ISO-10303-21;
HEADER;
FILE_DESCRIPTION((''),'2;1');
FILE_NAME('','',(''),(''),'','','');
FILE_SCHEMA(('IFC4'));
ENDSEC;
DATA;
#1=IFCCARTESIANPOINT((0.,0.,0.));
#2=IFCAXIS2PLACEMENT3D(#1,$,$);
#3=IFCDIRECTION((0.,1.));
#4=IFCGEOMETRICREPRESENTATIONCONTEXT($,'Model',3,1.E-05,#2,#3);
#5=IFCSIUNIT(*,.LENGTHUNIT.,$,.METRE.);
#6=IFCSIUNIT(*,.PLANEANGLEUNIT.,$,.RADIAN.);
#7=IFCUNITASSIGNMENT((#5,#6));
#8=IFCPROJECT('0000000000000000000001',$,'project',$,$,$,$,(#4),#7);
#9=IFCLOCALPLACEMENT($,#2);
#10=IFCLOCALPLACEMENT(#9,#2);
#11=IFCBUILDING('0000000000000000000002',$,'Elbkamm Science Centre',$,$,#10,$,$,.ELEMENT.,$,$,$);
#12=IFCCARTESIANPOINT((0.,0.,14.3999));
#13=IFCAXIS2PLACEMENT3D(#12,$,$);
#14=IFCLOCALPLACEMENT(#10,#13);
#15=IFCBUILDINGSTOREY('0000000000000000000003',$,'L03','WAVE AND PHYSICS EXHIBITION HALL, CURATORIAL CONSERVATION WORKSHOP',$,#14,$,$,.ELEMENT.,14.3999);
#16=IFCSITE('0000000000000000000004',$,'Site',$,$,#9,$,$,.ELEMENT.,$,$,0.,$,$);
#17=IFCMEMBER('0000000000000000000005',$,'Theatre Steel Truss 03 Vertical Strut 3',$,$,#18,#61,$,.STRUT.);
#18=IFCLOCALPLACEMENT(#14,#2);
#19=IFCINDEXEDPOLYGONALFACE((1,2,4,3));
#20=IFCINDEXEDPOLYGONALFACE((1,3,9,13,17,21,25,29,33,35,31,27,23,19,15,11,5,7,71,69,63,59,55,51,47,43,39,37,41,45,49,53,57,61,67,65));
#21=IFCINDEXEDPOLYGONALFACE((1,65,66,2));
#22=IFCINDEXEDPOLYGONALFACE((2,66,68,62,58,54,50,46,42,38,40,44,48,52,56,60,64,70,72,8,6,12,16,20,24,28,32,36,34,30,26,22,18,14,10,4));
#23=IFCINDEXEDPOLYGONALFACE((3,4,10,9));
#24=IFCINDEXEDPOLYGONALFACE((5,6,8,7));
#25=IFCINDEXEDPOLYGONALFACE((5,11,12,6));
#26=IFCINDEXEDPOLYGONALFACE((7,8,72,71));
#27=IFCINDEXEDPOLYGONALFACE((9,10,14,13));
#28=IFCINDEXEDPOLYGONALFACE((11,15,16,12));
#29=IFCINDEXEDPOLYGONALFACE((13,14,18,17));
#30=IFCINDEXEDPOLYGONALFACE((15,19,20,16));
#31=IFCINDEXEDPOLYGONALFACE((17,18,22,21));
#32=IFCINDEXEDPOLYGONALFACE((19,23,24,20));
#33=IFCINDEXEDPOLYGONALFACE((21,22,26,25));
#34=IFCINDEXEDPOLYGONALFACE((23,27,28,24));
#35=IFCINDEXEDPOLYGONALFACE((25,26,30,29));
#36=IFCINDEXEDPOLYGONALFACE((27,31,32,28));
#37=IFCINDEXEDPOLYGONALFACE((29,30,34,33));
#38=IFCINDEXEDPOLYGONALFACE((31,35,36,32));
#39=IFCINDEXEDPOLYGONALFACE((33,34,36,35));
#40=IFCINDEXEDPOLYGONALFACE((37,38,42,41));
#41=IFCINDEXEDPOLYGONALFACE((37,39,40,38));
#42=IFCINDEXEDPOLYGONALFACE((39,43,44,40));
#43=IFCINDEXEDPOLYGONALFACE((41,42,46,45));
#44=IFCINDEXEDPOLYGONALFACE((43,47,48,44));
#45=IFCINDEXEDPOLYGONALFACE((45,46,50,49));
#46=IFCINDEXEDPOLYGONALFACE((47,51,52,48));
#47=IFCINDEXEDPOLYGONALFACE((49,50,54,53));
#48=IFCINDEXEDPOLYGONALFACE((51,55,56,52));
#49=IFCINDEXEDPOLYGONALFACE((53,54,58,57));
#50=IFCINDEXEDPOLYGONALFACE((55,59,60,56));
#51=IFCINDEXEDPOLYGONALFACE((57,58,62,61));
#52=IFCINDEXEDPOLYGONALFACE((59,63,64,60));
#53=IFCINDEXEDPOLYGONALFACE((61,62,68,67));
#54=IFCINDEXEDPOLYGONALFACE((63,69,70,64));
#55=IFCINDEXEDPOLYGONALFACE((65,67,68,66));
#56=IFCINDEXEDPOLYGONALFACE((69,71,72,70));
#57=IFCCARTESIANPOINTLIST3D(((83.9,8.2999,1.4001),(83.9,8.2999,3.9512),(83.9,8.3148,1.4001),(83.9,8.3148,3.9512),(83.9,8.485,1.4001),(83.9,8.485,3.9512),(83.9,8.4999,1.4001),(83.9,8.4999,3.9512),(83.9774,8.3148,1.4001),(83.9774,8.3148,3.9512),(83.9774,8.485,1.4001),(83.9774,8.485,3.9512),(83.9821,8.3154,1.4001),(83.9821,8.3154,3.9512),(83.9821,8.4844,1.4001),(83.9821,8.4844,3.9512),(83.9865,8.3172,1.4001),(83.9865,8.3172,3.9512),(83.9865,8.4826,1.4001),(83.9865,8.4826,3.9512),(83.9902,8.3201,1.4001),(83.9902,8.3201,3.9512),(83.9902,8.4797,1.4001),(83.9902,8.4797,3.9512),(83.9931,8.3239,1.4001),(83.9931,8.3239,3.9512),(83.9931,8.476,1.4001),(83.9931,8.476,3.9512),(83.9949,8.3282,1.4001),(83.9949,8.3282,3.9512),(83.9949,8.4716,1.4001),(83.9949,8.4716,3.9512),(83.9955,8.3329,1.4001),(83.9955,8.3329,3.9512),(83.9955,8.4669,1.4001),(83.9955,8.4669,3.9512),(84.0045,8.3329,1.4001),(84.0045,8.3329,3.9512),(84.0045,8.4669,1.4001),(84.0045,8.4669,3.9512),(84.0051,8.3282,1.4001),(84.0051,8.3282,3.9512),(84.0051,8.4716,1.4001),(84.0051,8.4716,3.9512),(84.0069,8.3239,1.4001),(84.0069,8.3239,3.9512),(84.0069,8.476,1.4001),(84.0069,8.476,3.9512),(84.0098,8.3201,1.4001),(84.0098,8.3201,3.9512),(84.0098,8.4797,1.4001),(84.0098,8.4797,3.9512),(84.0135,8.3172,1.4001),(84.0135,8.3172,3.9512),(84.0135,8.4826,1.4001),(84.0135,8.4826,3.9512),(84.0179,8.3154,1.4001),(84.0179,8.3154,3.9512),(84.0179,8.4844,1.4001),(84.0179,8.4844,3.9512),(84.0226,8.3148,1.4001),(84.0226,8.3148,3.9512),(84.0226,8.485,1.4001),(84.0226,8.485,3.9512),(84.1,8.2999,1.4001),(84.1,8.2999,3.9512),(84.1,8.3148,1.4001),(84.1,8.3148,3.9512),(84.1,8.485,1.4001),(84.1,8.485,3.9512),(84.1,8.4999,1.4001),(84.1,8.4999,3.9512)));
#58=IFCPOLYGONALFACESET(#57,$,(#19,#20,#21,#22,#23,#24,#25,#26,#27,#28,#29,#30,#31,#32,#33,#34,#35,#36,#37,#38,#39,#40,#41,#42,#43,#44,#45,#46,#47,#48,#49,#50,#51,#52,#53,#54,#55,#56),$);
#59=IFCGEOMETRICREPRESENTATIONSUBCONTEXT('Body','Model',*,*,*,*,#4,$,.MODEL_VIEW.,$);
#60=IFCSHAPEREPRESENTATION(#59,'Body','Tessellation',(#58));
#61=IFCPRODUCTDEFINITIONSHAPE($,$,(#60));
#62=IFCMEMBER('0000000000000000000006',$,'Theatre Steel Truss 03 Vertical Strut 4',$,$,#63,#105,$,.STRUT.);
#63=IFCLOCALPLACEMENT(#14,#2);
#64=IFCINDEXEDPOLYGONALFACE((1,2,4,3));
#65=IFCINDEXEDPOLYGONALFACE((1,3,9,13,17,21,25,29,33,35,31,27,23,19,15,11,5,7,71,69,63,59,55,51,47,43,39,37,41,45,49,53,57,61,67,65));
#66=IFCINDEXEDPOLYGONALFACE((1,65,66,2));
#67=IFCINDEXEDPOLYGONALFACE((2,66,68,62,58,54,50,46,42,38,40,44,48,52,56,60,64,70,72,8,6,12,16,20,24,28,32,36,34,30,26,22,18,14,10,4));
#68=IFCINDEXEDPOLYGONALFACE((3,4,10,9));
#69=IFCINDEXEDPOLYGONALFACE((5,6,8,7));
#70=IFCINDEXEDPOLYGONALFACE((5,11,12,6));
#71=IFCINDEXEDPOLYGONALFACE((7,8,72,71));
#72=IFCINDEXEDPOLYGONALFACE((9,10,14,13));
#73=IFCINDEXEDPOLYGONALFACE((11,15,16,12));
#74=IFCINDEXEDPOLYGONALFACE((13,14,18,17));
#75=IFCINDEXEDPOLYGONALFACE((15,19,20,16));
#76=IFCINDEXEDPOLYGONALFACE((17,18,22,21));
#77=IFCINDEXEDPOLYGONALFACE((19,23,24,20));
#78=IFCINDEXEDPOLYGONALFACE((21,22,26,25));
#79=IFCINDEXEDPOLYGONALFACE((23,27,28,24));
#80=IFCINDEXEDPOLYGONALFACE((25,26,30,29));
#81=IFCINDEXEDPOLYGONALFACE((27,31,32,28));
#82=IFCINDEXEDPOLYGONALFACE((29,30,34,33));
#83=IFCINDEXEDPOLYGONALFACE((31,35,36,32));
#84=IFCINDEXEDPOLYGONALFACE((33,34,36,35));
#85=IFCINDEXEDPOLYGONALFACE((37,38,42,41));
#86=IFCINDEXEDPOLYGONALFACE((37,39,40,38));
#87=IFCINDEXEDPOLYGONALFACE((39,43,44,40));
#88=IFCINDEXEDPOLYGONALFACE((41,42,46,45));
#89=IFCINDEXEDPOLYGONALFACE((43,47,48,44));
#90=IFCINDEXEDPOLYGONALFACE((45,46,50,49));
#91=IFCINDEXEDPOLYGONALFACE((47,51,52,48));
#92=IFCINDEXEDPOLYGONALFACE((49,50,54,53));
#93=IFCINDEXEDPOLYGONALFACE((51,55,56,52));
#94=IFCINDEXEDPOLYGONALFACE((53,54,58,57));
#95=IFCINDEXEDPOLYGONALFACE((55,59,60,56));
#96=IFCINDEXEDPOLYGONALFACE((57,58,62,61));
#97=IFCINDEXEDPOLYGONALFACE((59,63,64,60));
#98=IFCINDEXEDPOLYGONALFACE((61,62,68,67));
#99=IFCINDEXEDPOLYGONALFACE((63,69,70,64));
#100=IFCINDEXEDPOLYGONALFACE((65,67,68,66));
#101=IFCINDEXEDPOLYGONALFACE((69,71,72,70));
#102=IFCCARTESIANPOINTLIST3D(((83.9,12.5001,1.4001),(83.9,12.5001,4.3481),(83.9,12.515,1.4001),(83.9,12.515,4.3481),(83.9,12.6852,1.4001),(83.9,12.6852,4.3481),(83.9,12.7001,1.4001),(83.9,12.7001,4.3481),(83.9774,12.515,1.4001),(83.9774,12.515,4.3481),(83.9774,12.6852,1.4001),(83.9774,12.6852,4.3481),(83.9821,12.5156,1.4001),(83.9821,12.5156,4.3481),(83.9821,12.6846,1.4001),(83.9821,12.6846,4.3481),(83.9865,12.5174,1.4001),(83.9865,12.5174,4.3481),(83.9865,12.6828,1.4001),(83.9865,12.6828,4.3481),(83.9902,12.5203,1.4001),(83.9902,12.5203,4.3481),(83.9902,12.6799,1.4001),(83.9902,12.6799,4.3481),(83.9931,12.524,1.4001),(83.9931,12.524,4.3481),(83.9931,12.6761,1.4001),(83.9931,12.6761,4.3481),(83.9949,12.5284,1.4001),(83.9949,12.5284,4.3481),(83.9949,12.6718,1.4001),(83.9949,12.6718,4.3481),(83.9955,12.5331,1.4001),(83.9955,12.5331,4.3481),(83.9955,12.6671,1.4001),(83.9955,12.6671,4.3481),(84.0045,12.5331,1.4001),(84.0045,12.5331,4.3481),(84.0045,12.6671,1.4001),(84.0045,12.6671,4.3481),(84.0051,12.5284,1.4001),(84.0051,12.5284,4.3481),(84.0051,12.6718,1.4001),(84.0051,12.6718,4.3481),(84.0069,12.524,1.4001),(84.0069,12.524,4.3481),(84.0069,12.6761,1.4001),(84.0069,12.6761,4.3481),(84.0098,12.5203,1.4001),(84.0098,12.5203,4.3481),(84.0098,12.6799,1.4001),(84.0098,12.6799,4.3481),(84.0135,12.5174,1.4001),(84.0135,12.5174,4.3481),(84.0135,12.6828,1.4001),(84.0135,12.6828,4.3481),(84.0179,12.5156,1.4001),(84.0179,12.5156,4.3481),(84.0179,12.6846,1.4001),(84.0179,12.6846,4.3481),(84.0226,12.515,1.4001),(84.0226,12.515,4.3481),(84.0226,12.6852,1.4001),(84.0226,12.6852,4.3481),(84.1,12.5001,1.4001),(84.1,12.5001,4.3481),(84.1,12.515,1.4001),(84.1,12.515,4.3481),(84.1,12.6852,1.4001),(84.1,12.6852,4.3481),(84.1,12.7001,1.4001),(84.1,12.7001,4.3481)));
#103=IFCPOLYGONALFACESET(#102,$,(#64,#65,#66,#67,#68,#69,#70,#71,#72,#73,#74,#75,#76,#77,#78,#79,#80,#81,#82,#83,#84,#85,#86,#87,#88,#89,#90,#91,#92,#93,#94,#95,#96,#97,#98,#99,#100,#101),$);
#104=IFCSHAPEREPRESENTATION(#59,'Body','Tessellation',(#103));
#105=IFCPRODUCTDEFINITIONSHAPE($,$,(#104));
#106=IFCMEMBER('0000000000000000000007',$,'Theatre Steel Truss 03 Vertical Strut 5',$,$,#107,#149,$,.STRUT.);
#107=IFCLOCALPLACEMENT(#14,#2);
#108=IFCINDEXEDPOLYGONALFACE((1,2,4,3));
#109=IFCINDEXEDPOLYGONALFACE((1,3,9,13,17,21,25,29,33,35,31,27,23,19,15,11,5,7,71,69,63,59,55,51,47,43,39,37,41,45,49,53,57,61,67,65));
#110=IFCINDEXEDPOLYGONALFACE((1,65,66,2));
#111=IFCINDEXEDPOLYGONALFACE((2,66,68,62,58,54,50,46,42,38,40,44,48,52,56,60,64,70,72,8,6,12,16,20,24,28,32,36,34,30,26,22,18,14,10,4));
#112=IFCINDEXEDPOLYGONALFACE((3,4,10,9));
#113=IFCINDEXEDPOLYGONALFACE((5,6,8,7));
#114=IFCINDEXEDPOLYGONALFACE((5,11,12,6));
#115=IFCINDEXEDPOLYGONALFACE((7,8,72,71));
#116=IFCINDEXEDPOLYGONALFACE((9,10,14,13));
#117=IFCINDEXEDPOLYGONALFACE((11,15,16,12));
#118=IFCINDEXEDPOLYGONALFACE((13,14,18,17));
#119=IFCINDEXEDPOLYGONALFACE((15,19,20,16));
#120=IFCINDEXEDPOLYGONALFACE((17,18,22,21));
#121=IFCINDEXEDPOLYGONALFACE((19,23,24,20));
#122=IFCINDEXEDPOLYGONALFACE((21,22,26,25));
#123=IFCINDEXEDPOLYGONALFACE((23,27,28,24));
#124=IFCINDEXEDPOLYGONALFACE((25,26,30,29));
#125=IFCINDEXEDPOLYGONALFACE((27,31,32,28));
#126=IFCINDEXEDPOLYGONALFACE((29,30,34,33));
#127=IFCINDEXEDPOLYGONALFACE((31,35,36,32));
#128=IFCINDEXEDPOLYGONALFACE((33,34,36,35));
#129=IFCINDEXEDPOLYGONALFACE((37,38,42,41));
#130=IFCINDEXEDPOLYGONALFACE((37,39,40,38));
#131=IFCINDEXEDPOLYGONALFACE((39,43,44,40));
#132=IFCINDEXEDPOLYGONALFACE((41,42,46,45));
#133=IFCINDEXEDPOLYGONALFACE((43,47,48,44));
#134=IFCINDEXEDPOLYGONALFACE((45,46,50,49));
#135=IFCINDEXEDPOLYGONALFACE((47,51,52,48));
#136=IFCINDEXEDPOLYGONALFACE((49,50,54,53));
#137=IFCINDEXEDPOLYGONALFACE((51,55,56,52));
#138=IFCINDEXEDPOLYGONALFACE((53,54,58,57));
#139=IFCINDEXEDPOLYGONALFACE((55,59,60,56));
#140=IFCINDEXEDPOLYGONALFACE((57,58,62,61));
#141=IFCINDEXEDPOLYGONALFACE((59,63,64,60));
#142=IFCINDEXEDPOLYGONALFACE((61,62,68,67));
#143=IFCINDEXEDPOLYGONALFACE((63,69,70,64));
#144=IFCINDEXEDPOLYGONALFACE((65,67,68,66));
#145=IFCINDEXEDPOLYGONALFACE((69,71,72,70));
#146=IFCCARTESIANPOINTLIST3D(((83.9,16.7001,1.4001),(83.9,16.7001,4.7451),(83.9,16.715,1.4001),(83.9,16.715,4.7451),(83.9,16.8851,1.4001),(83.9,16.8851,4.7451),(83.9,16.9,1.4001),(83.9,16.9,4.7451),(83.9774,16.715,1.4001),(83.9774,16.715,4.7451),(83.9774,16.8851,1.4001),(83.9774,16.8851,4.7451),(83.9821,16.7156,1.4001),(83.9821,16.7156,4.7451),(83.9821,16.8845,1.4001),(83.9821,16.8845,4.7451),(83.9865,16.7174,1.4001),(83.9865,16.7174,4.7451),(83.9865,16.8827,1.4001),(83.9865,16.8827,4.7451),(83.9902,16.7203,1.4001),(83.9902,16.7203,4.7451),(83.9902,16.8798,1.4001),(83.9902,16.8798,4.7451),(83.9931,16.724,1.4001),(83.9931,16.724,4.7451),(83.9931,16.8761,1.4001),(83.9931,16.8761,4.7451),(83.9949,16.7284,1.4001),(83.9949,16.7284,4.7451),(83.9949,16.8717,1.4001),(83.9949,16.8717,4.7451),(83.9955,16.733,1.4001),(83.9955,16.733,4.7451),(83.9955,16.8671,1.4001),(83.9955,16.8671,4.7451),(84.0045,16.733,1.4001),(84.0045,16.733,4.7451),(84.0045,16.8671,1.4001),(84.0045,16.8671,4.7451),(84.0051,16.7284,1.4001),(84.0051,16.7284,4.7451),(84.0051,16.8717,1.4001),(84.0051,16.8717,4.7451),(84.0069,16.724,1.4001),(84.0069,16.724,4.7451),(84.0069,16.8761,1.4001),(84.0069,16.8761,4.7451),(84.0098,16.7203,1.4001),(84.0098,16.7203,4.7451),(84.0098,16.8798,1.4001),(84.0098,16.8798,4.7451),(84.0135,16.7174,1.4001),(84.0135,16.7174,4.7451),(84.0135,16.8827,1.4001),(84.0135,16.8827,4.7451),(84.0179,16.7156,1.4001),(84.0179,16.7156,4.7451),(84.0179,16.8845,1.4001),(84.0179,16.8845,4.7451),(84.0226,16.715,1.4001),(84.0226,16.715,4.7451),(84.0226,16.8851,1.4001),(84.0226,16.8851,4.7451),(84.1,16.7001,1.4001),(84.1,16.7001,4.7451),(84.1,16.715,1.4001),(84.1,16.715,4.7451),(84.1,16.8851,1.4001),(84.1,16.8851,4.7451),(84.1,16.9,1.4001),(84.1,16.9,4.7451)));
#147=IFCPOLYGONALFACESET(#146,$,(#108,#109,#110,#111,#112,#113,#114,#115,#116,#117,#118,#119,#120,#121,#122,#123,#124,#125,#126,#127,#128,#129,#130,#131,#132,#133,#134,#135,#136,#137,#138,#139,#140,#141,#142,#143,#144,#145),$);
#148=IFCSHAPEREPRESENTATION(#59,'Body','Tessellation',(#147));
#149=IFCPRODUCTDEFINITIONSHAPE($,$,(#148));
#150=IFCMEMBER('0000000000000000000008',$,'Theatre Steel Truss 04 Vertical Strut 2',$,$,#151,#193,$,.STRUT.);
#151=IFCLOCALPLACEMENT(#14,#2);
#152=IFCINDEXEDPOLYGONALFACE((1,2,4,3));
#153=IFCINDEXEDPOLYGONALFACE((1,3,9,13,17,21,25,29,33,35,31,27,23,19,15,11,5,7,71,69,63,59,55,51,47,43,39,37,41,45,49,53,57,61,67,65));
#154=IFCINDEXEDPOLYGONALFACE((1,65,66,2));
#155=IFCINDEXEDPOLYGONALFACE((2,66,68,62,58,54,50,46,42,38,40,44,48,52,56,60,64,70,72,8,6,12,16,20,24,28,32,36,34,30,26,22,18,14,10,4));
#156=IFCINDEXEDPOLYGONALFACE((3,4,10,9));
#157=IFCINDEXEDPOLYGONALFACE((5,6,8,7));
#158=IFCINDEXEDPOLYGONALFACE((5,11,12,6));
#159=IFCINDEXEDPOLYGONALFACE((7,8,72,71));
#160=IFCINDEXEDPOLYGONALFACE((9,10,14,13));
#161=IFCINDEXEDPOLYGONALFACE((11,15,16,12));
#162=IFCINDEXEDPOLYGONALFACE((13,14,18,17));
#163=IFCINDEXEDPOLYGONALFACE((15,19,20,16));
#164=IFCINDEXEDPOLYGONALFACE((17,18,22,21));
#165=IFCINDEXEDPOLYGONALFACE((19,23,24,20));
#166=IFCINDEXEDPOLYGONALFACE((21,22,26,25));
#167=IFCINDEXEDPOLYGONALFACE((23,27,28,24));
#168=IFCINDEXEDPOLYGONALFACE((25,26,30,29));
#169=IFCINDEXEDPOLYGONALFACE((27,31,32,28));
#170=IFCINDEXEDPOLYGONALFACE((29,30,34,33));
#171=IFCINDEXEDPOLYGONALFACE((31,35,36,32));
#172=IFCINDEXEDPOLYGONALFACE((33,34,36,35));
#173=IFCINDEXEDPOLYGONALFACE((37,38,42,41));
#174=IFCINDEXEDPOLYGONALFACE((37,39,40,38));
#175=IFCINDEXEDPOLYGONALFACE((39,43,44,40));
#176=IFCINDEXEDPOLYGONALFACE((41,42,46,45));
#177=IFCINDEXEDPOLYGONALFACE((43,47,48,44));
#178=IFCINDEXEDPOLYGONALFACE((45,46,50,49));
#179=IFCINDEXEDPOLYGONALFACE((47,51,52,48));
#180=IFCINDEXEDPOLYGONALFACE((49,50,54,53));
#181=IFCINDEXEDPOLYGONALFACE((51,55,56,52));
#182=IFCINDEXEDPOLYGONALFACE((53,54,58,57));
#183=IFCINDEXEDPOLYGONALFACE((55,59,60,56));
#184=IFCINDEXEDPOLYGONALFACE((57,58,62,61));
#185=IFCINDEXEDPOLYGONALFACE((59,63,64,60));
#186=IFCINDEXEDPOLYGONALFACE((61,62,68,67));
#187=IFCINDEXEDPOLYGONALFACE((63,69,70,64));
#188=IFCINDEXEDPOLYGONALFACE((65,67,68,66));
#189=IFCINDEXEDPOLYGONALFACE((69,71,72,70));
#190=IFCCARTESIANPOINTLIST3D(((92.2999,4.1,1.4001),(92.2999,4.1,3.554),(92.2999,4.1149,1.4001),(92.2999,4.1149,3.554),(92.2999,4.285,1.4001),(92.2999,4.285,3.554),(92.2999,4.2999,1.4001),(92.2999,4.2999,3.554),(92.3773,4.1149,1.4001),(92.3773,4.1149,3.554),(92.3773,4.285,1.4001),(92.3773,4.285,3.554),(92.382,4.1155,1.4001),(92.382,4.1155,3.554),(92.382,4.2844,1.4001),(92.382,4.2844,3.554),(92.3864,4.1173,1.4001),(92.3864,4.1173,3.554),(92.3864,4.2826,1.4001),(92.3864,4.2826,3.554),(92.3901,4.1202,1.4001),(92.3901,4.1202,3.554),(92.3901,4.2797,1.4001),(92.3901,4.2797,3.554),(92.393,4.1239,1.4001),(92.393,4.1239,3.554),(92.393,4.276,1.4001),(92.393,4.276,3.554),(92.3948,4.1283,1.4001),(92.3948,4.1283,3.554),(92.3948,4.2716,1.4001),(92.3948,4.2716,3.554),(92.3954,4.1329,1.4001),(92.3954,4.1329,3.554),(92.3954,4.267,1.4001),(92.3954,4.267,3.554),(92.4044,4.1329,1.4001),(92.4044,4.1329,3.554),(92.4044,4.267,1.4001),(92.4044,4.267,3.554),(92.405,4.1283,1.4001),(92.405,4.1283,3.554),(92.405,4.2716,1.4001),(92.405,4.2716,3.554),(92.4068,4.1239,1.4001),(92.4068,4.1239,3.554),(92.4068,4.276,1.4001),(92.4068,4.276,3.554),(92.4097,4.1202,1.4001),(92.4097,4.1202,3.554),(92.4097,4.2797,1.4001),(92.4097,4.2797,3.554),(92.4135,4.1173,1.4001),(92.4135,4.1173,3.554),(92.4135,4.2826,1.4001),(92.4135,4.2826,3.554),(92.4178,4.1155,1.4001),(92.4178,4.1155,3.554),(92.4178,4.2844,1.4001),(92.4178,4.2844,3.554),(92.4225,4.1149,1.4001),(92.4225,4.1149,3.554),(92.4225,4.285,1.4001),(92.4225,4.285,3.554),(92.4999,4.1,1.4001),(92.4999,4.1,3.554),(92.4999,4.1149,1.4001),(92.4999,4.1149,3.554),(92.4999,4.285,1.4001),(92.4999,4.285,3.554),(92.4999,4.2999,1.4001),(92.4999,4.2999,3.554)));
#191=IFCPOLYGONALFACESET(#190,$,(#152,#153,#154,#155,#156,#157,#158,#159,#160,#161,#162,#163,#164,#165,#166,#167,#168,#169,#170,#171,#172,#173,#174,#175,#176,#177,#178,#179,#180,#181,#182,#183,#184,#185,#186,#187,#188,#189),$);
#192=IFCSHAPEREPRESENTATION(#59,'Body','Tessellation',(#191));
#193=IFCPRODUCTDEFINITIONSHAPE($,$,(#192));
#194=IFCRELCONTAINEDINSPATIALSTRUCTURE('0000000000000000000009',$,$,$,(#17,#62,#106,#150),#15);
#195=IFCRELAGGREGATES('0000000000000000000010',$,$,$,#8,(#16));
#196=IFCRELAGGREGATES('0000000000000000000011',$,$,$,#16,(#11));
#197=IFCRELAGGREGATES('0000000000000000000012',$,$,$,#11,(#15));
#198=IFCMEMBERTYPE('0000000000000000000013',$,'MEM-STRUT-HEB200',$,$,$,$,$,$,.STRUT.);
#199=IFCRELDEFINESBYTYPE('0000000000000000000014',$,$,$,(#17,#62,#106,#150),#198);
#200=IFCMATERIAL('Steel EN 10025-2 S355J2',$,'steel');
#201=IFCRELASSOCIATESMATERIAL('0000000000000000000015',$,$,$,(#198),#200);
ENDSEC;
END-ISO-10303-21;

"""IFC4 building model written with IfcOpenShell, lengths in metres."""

from ifc_helpers import new_model, si_unit, direction, frame, origin, origin_2d, place, context, subcontext, project, spatial, i_section, extrude, material, material_profile, profile_set, type_object, element, save


model = new_model("IFC4")

# Units and contexts
model_context = context("Model", 3, precision=1e-05, world=origin(), true_north=direction((0.0, 1.0)))
body_context = subcontext(model_context, "Body", "Model", "MODEL_VIEW")
ifc_project = project(units=[si_unit("LENGTHUNIT", "METRE"), si_unit("PLANEANGLEUNIT", "RADIAN")], contexts=[model_context])

# Site, building, storey
site_placement = place(None, origin())
site = spatial("IfcSite", under=ifc_project, at=site_placement, Name="Site", CompositionType="ELEMENT", RefElevation=0.0)
building_placement = place(site_placement, origin())
building = spatial("IfcBuilding", under=site, at=building_placement, Name="Elbkamm Science Centre", CompositionType="ELEMENT")
storey_placement = place(building_placement, frame((0.0, 0.0, 14.3999)))
storey = spatial("IfcBuildingStorey", under=building, at=storey_placement, Name="L03", Description="WAVE AND PHYSICS EXHIBITION HALL, CURATORIAL CONSERVATION WORKSHOP", CompositionType="ELEMENT", Elevation=14.3999)

# Shared definitions
ifc_material = material(Name="Steel EN 10025-2 S355J2", Category="steel")

# Members
ifc_material_profile_1 = material_profile(ifc_material, i_section(OverallWidth=0.2, OverallDepth=0.2, WebThickness=0.009, FlangeThickness=0.0149, FilletRadius=0.0181, at=origin_2d()), Name="HEB 200")
ifc_profile_set_1 = profile_set([ifc_material_profile_1], Name="Steel EN 10025-2 S355J2")
member_type_1 = type_object("IfcMemberType", Name="MEM-STRUT-HEB200", PredefinedType="STRUT", material=ifc_profile_set_1)
member_1_placement = place(storey_placement, frame((84.0, 8.3999, 1.4001), z_axis=(0.0, 0.0, 1.0), x_axis=(1.0, 0.0, 0.0)))
element("IfcMember", 1, at=member_1_placement, inside=storey, type_object=member_type_1, Name="Theatre Steel Truss 03 Vertical Strut 3", PredefinedType="STRUT", context=body_context, shape_type="SweptSolid", body=[
    extrude(i_section(OverallWidth=0.2, OverallDepth=0.2, WebThickness=0.009, FlangeThickness=0.0149, FilletRadius=0.0181, at=origin_2d()), origin(), (0.0, 0.0, 1.0), 2.551),
])
member_2_placement = place(storey_placement, frame((84.0, 12.6001, 1.4001), z_axis=(0.0, 0.0, 1.0), x_axis=(1.0, 0.0, 0.0)))
element("IfcMember", 2, at=member_2_placement, inside=storey, type_object=member_type_1, Name="Theatre Steel Truss 03 Vertical Strut 4", PredefinedType="STRUT", context=body_context, shape_type="SweptSolid", body=[
    extrude(i_section(OverallWidth=0.2, OverallDepth=0.2, WebThickness=0.009, FlangeThickness=0.0149, FilletRadius=0.0181, at=origin_2d()), origin(), (0.0, 0.0, 1.0), 2.948),
])
member_3_placement = place(storey_placement, frame((84.0, 16.8, 1.4001), z_axis=(0.0, 0.0, 1.0), x_axis=(1.0, 0.0, 0.0)))
element("IfcMember", 3, at=member_3_placement, inside=storey, type_object=member_type_1, Name="Theatre Steel Truss 03 Vertical Strut 5", PredefinedType="STRUT", context=body_context, shape_type="SweptSolid", body=[
    extrude(i_section(OverallWidth=0.2, OverallDepth=0.2, WebThickness=0.009, FlangeThickness=0.0149, FilletRadius=0.0181, at=origin_2d()), origin(), (0.0, 0.0, 1.0), 3.345),
])
member_4_placement = place(storey_placement, frame((92.3999, 4.2, 1.4001), z_axis=(0.0, 0.0, 1.0), x_axis=(1.0, 0.0, 0.0)))
element("IfcMember", 4, at=member_4_placement, inside=storey, type_object=member_type_1, Name="Theatre Steel Truss 04 Vertical Strut 2", PredefinedType="STRUT", context=body_context, shape_type="SweptSolid", body=[
    extrude(i_section(OverallWidth=0.2, OverallDepth=0.2, WebThickness=0.009, FlangeThickness=0.0149, FilletRadius=0.0181, at=origin_2d()), origin(), (0.0, 0.0, 1.0), 2.1538),
])

save(model, "model.ifc")
